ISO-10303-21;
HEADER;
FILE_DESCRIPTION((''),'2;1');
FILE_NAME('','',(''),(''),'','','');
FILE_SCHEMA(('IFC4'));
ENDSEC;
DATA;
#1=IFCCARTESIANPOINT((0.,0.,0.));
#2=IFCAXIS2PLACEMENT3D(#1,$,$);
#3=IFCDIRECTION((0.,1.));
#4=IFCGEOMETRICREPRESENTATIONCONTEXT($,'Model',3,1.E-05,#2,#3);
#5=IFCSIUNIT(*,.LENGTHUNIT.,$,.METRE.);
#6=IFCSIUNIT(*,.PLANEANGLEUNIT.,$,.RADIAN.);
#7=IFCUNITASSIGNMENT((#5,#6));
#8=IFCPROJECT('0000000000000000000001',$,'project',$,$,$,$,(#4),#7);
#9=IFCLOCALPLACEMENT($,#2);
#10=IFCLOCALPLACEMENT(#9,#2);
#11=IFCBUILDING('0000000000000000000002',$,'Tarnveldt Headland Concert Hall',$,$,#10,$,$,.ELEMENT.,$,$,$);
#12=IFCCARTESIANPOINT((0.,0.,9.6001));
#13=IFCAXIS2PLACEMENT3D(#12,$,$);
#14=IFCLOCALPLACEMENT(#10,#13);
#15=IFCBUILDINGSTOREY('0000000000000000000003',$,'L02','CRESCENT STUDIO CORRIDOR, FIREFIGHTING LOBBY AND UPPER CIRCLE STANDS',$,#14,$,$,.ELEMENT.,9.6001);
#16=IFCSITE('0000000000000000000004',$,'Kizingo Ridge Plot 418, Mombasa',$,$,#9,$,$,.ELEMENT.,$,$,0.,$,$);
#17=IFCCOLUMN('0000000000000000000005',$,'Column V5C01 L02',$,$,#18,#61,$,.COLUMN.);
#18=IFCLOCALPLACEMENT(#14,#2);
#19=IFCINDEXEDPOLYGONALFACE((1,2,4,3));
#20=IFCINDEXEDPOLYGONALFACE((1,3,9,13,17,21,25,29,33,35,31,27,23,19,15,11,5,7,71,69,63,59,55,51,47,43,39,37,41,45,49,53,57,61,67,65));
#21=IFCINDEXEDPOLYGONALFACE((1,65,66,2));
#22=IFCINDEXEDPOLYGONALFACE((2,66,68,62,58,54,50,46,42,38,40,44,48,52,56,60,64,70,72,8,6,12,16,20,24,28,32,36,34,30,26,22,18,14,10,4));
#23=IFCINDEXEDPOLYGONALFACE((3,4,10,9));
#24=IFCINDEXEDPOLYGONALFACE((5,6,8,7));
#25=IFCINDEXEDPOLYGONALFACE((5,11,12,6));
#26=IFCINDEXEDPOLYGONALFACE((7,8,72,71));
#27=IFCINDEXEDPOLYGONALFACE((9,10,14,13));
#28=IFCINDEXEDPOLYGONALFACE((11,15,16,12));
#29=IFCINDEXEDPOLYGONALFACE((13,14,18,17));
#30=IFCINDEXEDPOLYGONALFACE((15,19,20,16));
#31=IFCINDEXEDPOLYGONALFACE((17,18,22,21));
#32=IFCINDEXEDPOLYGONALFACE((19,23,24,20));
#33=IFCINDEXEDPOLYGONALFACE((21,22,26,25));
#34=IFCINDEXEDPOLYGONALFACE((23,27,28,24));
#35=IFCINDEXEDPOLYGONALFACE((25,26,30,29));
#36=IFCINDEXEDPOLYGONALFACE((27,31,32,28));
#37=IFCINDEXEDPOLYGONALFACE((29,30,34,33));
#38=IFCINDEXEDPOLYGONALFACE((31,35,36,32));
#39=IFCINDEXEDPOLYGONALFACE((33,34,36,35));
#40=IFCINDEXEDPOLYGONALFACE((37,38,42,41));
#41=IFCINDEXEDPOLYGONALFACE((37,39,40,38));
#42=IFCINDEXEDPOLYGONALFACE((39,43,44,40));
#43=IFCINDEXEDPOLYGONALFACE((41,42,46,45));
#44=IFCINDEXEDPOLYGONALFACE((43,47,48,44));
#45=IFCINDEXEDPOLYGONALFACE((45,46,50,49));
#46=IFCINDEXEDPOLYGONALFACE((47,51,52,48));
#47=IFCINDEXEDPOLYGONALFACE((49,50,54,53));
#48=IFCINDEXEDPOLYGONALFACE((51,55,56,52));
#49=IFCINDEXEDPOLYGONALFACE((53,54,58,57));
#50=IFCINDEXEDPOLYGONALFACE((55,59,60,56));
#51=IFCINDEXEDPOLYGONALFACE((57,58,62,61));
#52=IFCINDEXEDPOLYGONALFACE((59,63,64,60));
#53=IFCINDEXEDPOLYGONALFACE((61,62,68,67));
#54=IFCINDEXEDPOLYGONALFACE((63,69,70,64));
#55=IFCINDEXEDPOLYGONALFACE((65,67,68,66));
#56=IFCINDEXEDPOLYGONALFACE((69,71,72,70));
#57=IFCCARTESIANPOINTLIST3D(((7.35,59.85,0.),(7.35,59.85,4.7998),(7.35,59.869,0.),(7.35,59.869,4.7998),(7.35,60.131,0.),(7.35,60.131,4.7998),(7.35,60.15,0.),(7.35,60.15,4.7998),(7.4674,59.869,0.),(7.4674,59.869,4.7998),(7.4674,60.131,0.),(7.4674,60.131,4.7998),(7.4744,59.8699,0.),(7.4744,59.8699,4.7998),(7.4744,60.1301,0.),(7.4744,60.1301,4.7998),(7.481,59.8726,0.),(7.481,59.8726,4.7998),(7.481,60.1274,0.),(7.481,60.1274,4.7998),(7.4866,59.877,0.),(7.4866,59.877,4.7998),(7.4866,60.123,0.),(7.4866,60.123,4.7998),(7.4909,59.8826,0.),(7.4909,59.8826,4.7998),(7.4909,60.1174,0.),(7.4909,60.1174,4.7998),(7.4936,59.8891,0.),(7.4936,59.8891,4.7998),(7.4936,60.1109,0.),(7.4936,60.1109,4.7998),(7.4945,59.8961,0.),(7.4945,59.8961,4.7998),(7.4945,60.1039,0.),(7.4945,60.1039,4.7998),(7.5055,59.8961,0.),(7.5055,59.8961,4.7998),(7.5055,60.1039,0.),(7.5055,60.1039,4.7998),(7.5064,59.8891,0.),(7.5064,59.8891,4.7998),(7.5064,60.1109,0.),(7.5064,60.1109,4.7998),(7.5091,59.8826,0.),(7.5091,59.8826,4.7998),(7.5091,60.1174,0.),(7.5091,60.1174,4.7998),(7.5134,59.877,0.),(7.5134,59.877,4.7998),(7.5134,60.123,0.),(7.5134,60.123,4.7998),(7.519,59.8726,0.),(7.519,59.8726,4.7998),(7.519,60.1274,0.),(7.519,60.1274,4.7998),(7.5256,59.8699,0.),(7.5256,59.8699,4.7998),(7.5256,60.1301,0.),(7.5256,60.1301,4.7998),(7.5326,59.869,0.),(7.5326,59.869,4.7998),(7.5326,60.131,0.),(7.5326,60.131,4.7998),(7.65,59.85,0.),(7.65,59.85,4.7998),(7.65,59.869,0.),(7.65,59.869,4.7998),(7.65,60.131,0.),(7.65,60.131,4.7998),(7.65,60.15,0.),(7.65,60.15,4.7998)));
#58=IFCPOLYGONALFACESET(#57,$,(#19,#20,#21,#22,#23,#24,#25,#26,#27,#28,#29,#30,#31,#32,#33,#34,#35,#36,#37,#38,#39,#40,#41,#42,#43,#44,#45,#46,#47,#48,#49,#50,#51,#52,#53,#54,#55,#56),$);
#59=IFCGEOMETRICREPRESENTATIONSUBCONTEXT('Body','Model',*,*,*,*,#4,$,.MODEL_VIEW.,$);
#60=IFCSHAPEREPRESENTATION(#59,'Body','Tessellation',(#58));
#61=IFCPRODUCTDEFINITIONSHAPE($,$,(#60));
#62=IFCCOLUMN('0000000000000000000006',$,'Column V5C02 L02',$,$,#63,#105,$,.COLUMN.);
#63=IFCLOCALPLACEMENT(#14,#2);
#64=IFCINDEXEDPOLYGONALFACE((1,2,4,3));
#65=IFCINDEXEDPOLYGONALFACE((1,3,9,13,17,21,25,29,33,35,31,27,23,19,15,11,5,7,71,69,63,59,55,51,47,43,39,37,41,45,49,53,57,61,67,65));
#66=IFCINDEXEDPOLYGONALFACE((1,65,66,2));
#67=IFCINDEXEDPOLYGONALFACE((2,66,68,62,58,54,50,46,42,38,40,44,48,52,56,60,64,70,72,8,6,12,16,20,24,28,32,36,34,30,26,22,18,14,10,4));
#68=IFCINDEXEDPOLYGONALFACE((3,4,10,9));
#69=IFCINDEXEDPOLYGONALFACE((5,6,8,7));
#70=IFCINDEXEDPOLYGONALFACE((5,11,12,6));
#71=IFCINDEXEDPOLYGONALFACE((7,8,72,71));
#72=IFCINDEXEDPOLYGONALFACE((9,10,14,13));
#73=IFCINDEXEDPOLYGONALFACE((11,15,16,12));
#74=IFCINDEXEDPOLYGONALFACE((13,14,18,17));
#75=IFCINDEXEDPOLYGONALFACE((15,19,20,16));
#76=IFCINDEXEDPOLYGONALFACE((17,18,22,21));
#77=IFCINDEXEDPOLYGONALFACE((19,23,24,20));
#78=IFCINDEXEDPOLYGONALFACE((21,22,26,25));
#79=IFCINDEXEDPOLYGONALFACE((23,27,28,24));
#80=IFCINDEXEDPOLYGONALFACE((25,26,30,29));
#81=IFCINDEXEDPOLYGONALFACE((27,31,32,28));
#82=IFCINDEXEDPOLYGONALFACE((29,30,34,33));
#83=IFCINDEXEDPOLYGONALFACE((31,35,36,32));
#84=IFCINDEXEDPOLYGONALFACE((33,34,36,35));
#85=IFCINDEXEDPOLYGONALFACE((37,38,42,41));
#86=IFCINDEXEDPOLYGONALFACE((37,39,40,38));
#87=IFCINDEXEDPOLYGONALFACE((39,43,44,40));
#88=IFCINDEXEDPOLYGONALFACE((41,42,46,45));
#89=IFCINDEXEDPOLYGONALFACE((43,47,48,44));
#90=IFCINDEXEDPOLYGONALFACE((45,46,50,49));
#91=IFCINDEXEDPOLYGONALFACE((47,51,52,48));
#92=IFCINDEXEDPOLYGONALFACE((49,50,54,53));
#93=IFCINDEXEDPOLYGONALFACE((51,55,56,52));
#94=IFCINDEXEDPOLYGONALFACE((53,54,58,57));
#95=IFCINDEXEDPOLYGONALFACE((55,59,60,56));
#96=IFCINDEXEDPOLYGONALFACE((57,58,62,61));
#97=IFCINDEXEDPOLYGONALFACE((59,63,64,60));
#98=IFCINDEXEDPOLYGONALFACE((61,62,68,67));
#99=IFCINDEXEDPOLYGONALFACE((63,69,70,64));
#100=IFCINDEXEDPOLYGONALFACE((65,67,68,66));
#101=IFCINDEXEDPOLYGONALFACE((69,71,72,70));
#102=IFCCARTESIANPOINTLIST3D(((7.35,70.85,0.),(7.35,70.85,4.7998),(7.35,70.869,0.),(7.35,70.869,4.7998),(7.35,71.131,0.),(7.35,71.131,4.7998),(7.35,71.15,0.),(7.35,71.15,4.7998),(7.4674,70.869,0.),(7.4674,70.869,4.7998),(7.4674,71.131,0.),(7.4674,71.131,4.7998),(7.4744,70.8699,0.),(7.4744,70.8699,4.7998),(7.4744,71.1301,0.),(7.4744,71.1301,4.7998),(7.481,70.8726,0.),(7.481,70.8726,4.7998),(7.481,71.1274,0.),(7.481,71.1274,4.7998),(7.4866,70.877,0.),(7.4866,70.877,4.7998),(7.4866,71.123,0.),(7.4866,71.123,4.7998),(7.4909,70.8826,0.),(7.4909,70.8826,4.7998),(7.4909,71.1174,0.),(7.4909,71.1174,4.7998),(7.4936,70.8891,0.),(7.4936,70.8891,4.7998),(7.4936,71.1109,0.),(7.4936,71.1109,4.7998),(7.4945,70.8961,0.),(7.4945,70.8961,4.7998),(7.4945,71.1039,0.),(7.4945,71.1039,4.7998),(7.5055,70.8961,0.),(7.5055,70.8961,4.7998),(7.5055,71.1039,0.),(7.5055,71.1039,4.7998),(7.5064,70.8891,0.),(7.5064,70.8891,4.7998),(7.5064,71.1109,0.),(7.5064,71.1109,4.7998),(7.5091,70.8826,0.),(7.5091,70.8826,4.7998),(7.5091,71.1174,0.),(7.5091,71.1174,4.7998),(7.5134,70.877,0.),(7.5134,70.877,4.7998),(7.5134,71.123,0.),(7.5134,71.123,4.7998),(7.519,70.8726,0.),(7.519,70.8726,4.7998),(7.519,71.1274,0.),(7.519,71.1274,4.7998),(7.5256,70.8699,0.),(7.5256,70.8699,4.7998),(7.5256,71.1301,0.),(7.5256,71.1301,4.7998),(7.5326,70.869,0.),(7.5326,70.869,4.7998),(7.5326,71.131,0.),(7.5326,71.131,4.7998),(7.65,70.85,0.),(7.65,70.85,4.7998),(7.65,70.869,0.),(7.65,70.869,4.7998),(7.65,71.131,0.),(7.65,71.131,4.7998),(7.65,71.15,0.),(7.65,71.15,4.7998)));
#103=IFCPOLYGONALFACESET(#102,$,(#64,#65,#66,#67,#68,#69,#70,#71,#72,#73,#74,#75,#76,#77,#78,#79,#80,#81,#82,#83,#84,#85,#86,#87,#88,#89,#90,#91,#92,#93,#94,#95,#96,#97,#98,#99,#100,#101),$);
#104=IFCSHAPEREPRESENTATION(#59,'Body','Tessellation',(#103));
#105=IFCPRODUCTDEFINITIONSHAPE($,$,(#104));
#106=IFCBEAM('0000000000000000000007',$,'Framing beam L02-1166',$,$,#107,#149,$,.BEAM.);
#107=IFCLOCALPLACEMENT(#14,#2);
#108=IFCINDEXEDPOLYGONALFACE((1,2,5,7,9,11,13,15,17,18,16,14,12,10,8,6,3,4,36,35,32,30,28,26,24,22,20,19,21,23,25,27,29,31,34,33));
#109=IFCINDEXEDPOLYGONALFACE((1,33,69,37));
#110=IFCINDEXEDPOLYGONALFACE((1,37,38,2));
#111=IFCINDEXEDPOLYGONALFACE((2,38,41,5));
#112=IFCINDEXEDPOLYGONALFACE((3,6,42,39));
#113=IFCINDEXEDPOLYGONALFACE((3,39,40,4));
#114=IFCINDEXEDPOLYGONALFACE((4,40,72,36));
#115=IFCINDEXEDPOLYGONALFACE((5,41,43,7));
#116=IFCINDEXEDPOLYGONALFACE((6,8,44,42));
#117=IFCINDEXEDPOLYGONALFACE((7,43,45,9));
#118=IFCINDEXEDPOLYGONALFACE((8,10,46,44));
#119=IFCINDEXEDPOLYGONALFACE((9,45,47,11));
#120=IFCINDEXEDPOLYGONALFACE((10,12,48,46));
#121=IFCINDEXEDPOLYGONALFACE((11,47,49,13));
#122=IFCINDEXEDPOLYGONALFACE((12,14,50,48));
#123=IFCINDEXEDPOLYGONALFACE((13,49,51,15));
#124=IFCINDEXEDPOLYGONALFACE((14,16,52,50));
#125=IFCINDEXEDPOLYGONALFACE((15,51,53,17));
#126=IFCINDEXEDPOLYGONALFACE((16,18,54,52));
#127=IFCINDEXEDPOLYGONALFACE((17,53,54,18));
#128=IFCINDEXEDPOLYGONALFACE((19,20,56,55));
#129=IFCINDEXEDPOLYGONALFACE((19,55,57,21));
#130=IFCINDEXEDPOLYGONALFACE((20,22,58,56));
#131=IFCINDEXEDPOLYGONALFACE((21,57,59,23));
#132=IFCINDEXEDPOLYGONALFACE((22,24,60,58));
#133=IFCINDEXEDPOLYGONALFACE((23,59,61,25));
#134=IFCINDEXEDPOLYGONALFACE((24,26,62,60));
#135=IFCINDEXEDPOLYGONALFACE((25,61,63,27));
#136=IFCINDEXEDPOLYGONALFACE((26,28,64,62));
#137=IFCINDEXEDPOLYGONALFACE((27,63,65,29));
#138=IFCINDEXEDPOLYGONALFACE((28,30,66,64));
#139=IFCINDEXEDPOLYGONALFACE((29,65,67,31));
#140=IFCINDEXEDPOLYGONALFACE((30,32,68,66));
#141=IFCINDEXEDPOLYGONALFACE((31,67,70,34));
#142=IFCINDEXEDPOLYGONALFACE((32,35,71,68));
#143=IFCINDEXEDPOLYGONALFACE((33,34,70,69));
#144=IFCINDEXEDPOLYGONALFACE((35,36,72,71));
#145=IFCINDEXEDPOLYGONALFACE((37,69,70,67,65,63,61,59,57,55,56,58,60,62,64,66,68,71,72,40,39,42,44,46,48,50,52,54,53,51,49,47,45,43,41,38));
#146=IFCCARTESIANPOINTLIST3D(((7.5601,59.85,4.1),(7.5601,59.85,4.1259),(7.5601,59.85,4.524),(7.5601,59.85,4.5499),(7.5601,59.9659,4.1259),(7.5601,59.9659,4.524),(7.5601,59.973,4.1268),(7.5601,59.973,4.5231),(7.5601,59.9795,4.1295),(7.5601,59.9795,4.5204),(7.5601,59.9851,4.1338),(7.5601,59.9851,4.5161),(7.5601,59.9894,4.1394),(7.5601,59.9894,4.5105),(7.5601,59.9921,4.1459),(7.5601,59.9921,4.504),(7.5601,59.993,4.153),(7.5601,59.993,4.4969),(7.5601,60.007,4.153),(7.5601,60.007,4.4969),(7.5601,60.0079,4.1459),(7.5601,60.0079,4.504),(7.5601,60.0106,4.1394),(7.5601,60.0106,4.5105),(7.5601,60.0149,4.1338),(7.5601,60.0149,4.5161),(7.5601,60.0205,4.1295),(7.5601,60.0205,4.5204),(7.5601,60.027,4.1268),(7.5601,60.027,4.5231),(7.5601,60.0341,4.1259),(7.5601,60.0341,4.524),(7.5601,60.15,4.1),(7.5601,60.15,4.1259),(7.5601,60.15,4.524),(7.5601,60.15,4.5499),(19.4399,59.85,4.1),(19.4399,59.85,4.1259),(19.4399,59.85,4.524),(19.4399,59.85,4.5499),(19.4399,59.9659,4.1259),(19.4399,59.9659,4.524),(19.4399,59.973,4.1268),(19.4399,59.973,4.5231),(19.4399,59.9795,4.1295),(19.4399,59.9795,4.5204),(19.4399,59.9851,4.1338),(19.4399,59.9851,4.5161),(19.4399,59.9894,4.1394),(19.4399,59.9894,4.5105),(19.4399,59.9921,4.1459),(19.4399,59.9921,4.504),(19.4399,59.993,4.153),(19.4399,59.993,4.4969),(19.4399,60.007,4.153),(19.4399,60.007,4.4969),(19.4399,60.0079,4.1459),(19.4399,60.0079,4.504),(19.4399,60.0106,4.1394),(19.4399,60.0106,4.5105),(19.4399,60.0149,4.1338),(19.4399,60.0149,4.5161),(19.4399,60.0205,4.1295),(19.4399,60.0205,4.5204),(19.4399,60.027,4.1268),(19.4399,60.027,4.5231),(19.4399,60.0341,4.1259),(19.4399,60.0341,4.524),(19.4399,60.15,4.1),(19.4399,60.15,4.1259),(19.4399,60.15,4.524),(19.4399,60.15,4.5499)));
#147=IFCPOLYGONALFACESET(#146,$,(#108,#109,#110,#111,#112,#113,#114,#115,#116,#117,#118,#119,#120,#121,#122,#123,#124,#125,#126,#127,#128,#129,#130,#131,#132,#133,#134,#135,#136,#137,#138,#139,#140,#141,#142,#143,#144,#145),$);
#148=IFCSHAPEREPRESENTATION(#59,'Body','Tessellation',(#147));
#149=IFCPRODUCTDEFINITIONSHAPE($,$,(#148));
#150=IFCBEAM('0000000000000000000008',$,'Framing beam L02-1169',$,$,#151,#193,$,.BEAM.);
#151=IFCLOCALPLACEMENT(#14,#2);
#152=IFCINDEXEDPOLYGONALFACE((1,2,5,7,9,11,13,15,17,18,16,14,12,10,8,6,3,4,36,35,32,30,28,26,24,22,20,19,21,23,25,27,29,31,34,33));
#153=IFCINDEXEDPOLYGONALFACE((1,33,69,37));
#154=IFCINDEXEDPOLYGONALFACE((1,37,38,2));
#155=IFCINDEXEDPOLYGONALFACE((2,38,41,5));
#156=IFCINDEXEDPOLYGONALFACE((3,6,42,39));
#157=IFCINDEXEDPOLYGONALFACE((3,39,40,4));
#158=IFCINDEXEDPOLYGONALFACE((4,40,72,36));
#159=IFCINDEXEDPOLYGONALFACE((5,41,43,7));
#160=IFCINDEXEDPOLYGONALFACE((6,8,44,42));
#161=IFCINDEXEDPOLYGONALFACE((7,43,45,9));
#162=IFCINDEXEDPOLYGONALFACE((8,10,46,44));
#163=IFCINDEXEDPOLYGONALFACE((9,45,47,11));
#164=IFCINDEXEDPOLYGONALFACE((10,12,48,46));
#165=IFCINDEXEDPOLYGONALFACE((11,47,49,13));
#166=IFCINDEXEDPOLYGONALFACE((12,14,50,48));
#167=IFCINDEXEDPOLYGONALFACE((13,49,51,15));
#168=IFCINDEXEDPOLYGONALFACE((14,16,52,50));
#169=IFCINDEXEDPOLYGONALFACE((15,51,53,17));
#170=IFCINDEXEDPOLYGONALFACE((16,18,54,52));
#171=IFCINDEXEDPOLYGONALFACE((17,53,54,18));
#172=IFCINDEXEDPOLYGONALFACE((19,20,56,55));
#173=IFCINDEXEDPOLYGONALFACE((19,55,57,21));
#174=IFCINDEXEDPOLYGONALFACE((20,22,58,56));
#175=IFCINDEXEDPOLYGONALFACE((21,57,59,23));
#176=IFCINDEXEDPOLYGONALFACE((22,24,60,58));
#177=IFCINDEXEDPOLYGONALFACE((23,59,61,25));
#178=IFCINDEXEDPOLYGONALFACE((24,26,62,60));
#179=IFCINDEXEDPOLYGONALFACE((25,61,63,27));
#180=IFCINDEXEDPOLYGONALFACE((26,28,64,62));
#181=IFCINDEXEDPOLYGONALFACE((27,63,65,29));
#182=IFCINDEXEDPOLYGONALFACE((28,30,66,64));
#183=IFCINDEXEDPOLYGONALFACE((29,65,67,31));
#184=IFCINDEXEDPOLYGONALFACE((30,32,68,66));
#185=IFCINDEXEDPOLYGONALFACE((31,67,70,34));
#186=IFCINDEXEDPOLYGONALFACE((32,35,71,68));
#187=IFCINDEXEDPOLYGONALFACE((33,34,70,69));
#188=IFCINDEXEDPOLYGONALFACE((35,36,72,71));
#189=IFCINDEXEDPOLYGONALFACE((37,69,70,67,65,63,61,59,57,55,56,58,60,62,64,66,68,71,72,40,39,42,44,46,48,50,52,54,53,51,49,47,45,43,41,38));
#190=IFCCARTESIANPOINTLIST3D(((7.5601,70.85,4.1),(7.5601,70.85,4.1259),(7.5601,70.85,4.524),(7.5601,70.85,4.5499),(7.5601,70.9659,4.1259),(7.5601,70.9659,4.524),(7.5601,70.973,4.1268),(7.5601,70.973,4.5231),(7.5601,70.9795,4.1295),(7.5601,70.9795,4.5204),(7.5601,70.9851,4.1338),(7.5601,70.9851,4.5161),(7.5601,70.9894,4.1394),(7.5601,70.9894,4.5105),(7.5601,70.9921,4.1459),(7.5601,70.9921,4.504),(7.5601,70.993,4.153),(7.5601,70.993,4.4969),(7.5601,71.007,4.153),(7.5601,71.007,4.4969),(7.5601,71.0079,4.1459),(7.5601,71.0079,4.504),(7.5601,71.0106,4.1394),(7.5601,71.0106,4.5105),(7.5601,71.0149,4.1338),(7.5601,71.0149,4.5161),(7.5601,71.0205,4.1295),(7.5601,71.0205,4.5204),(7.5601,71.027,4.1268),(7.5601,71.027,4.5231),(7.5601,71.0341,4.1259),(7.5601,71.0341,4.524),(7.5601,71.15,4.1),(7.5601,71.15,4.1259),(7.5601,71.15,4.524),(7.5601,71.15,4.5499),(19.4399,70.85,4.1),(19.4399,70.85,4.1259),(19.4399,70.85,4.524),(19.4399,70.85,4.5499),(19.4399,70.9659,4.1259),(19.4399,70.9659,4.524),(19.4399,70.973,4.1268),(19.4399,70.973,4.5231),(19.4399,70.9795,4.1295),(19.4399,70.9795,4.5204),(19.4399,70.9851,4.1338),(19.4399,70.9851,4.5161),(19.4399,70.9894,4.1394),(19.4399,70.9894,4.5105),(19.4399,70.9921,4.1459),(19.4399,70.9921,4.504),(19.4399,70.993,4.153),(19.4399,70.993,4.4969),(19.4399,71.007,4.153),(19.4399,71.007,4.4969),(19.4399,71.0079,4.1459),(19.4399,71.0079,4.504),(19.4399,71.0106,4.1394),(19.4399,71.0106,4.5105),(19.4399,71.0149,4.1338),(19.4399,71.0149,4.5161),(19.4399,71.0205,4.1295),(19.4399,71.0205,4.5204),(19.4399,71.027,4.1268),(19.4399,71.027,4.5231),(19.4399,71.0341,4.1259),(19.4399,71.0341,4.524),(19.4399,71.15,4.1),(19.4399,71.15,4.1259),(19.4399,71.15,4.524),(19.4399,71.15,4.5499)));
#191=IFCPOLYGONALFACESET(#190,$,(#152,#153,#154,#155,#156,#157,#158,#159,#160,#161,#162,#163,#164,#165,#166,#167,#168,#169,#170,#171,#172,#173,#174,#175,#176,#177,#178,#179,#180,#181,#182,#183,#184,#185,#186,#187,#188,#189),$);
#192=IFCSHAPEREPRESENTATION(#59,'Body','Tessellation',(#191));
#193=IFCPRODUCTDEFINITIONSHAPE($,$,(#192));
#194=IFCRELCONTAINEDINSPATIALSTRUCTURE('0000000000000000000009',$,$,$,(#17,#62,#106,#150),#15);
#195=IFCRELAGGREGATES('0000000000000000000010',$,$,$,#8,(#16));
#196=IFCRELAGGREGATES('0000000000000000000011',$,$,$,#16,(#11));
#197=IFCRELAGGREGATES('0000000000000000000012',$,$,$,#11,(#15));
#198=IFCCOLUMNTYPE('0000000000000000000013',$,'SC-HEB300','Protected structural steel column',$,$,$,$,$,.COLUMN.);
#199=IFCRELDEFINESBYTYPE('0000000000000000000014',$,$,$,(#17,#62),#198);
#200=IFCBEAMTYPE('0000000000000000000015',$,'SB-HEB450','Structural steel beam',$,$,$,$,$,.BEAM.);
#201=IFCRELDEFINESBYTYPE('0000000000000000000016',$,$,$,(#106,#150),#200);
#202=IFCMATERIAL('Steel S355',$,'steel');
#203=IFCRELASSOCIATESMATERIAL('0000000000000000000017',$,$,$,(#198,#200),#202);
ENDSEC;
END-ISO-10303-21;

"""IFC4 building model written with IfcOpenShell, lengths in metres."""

from ifc_helpers import new_model, si_unit, direction, frame, origin, origin_2d, place, context, subcontext, project, spatial, i_section, extrude, material, material_profile, profile_set, type_object, element, save


model = new_model("IFC4")

# Units and contexts
model_context = context("Model", 3, precision=1e-05, world=origin(), true_north=direction((0.0, 1.0)))
body_context = subcontext(model_context, "Body", "Model", "MODEL_VIEW")
ifc_project = project(units=[si_unit("LENGTHUNIT", "METRE"), si_unit("PLANEANGLEUNIT", "RADIAN")], contexts=[model_context])

# Site, building, storey
site_placement = place(None, origin())
site = spatial("IfcSite", under=ifc_project, at=site_placement, Name="Kizingo Ridge Plot 418, Mombasa", CompositionType="ELEMENT", RefElevation=0.0)
building_placement = place(site_placement, origin())
building = spatial("IfcBuilding", under=site, at=building_placement, Name="Tarnveldt Headland Concert Hall", CompositionType="ELEMENT")
storey_placement = place(building_placement, frame((0.0, 0.0, 9.6001)))
storey = spatial("IfcBuildingStorey", under=building, at=storey_placement, Name="L02", Description="CRESCENT STUDIO CORRIDOR, FIREFIGHTING LOBBY AND UPPER CIRCLE STANDS", CompositionType="ELEMENT", Elevation=9.6001)

# Columns
ifc_material_1 = material(Name="Steel S355", Category="steel")
ifc_material_profile_1 = material_profile(ifc_material_1, i_section(OverallWidth=0.3, OverallDepth=0.3, WebThickness=0.011, FlangeThickness=0.019, FilletRadius=0.0271, at=origin_2d()), Name="HEB300", Category="steel")
ifc_profile_set_1 = profile_set([ifc_material_profile_1], Name="Steel S355")
column_type = type_object("IfcColumnType", Name="SC-HEB300", Description="Protected structural steel column", PredefinedType="COLUMN", material=ifc_profile_set_1)
for number, where, z_axis, x_axis, name in (
    (1, (7.5, 60.0, 0.0), (0.0, 0.0, 1.0), (1.0, 0.0, 0.0), "Column V5C01 L02"),
    (2, (7.5, 71.0, 0.0), (0.0, 0.0, 1.0), (1.0, 0.0, 0.0), "Column V5C02 L02"),
):
    element("IfcColumn", number, at=place(storey_placement, frame(where, z_axis=z_axis, x_axis=x_axis)), inside=storey, type_object=column_type, Name=name, PredefinedType="COLUMN", context=body_context, shape_type="SweptSolid", body=[
        extrude(i_section(OverallWidth=0.3, OverallDepth=0.3, WebThickness=0.011, FlangeThickness=0.019, FilletRadius=0.0271, at=origin_2d()), origin(), (0.0, 0.0, 1.0), 4.7998),
    ])

# Beams
ifc_material_profile_2 = material_profile(ifc_material_1, i_section(OverallWidth=0.3, OverallDepth=0.45, WebThickness=0.0139, FlangeThickness=0.0259, FilletRadius=0.0271, at=origin_2d()), Name="HEB450", Category="steel")
ifc_profile_set_2 = profile_set([ifc_material_profile_2], Name="Steel S355")
beam_type_1 = type_object("IfcBeamType", Name="SB-HEB450", Description="Structural steel beam", PredefinedType="BEAM", material=ifc_profile_set_2)
for number, where, z_axis, x_axis, name in (
    (3, (7.5601, 60.0, 4.325), (1.0, 0.0, 0.0), (0.0, 1.0, 0.0), "Framing beam L02-1166"),
    (4, (7.5601, 71.0, 4.325), (1.0, 0.0, 0.0), (0.0, 1.0, 0.0), "Framing beam L02-1169"),
):
    element("IfcBeam", number, at=place(storey_placement, frame(where, z_axis=z_axis, x_axis=x_axis)), inside=storey, type_object=beam_type_1, Name=name, PredefinedType="BEAM", context=body_context, shape_type="SweptSolid", body=[
        extrude(i_section(OverallWidth=0.3, OverallDepth=0.45, WebThickness=0.0139, FlangeThickness=0.0259, FilletRadius=0.0271, at=origin_2d()), origin(), (0.0, 0.0, 1.0), 11.8799),
    ])

save(model, "model.ifc")
